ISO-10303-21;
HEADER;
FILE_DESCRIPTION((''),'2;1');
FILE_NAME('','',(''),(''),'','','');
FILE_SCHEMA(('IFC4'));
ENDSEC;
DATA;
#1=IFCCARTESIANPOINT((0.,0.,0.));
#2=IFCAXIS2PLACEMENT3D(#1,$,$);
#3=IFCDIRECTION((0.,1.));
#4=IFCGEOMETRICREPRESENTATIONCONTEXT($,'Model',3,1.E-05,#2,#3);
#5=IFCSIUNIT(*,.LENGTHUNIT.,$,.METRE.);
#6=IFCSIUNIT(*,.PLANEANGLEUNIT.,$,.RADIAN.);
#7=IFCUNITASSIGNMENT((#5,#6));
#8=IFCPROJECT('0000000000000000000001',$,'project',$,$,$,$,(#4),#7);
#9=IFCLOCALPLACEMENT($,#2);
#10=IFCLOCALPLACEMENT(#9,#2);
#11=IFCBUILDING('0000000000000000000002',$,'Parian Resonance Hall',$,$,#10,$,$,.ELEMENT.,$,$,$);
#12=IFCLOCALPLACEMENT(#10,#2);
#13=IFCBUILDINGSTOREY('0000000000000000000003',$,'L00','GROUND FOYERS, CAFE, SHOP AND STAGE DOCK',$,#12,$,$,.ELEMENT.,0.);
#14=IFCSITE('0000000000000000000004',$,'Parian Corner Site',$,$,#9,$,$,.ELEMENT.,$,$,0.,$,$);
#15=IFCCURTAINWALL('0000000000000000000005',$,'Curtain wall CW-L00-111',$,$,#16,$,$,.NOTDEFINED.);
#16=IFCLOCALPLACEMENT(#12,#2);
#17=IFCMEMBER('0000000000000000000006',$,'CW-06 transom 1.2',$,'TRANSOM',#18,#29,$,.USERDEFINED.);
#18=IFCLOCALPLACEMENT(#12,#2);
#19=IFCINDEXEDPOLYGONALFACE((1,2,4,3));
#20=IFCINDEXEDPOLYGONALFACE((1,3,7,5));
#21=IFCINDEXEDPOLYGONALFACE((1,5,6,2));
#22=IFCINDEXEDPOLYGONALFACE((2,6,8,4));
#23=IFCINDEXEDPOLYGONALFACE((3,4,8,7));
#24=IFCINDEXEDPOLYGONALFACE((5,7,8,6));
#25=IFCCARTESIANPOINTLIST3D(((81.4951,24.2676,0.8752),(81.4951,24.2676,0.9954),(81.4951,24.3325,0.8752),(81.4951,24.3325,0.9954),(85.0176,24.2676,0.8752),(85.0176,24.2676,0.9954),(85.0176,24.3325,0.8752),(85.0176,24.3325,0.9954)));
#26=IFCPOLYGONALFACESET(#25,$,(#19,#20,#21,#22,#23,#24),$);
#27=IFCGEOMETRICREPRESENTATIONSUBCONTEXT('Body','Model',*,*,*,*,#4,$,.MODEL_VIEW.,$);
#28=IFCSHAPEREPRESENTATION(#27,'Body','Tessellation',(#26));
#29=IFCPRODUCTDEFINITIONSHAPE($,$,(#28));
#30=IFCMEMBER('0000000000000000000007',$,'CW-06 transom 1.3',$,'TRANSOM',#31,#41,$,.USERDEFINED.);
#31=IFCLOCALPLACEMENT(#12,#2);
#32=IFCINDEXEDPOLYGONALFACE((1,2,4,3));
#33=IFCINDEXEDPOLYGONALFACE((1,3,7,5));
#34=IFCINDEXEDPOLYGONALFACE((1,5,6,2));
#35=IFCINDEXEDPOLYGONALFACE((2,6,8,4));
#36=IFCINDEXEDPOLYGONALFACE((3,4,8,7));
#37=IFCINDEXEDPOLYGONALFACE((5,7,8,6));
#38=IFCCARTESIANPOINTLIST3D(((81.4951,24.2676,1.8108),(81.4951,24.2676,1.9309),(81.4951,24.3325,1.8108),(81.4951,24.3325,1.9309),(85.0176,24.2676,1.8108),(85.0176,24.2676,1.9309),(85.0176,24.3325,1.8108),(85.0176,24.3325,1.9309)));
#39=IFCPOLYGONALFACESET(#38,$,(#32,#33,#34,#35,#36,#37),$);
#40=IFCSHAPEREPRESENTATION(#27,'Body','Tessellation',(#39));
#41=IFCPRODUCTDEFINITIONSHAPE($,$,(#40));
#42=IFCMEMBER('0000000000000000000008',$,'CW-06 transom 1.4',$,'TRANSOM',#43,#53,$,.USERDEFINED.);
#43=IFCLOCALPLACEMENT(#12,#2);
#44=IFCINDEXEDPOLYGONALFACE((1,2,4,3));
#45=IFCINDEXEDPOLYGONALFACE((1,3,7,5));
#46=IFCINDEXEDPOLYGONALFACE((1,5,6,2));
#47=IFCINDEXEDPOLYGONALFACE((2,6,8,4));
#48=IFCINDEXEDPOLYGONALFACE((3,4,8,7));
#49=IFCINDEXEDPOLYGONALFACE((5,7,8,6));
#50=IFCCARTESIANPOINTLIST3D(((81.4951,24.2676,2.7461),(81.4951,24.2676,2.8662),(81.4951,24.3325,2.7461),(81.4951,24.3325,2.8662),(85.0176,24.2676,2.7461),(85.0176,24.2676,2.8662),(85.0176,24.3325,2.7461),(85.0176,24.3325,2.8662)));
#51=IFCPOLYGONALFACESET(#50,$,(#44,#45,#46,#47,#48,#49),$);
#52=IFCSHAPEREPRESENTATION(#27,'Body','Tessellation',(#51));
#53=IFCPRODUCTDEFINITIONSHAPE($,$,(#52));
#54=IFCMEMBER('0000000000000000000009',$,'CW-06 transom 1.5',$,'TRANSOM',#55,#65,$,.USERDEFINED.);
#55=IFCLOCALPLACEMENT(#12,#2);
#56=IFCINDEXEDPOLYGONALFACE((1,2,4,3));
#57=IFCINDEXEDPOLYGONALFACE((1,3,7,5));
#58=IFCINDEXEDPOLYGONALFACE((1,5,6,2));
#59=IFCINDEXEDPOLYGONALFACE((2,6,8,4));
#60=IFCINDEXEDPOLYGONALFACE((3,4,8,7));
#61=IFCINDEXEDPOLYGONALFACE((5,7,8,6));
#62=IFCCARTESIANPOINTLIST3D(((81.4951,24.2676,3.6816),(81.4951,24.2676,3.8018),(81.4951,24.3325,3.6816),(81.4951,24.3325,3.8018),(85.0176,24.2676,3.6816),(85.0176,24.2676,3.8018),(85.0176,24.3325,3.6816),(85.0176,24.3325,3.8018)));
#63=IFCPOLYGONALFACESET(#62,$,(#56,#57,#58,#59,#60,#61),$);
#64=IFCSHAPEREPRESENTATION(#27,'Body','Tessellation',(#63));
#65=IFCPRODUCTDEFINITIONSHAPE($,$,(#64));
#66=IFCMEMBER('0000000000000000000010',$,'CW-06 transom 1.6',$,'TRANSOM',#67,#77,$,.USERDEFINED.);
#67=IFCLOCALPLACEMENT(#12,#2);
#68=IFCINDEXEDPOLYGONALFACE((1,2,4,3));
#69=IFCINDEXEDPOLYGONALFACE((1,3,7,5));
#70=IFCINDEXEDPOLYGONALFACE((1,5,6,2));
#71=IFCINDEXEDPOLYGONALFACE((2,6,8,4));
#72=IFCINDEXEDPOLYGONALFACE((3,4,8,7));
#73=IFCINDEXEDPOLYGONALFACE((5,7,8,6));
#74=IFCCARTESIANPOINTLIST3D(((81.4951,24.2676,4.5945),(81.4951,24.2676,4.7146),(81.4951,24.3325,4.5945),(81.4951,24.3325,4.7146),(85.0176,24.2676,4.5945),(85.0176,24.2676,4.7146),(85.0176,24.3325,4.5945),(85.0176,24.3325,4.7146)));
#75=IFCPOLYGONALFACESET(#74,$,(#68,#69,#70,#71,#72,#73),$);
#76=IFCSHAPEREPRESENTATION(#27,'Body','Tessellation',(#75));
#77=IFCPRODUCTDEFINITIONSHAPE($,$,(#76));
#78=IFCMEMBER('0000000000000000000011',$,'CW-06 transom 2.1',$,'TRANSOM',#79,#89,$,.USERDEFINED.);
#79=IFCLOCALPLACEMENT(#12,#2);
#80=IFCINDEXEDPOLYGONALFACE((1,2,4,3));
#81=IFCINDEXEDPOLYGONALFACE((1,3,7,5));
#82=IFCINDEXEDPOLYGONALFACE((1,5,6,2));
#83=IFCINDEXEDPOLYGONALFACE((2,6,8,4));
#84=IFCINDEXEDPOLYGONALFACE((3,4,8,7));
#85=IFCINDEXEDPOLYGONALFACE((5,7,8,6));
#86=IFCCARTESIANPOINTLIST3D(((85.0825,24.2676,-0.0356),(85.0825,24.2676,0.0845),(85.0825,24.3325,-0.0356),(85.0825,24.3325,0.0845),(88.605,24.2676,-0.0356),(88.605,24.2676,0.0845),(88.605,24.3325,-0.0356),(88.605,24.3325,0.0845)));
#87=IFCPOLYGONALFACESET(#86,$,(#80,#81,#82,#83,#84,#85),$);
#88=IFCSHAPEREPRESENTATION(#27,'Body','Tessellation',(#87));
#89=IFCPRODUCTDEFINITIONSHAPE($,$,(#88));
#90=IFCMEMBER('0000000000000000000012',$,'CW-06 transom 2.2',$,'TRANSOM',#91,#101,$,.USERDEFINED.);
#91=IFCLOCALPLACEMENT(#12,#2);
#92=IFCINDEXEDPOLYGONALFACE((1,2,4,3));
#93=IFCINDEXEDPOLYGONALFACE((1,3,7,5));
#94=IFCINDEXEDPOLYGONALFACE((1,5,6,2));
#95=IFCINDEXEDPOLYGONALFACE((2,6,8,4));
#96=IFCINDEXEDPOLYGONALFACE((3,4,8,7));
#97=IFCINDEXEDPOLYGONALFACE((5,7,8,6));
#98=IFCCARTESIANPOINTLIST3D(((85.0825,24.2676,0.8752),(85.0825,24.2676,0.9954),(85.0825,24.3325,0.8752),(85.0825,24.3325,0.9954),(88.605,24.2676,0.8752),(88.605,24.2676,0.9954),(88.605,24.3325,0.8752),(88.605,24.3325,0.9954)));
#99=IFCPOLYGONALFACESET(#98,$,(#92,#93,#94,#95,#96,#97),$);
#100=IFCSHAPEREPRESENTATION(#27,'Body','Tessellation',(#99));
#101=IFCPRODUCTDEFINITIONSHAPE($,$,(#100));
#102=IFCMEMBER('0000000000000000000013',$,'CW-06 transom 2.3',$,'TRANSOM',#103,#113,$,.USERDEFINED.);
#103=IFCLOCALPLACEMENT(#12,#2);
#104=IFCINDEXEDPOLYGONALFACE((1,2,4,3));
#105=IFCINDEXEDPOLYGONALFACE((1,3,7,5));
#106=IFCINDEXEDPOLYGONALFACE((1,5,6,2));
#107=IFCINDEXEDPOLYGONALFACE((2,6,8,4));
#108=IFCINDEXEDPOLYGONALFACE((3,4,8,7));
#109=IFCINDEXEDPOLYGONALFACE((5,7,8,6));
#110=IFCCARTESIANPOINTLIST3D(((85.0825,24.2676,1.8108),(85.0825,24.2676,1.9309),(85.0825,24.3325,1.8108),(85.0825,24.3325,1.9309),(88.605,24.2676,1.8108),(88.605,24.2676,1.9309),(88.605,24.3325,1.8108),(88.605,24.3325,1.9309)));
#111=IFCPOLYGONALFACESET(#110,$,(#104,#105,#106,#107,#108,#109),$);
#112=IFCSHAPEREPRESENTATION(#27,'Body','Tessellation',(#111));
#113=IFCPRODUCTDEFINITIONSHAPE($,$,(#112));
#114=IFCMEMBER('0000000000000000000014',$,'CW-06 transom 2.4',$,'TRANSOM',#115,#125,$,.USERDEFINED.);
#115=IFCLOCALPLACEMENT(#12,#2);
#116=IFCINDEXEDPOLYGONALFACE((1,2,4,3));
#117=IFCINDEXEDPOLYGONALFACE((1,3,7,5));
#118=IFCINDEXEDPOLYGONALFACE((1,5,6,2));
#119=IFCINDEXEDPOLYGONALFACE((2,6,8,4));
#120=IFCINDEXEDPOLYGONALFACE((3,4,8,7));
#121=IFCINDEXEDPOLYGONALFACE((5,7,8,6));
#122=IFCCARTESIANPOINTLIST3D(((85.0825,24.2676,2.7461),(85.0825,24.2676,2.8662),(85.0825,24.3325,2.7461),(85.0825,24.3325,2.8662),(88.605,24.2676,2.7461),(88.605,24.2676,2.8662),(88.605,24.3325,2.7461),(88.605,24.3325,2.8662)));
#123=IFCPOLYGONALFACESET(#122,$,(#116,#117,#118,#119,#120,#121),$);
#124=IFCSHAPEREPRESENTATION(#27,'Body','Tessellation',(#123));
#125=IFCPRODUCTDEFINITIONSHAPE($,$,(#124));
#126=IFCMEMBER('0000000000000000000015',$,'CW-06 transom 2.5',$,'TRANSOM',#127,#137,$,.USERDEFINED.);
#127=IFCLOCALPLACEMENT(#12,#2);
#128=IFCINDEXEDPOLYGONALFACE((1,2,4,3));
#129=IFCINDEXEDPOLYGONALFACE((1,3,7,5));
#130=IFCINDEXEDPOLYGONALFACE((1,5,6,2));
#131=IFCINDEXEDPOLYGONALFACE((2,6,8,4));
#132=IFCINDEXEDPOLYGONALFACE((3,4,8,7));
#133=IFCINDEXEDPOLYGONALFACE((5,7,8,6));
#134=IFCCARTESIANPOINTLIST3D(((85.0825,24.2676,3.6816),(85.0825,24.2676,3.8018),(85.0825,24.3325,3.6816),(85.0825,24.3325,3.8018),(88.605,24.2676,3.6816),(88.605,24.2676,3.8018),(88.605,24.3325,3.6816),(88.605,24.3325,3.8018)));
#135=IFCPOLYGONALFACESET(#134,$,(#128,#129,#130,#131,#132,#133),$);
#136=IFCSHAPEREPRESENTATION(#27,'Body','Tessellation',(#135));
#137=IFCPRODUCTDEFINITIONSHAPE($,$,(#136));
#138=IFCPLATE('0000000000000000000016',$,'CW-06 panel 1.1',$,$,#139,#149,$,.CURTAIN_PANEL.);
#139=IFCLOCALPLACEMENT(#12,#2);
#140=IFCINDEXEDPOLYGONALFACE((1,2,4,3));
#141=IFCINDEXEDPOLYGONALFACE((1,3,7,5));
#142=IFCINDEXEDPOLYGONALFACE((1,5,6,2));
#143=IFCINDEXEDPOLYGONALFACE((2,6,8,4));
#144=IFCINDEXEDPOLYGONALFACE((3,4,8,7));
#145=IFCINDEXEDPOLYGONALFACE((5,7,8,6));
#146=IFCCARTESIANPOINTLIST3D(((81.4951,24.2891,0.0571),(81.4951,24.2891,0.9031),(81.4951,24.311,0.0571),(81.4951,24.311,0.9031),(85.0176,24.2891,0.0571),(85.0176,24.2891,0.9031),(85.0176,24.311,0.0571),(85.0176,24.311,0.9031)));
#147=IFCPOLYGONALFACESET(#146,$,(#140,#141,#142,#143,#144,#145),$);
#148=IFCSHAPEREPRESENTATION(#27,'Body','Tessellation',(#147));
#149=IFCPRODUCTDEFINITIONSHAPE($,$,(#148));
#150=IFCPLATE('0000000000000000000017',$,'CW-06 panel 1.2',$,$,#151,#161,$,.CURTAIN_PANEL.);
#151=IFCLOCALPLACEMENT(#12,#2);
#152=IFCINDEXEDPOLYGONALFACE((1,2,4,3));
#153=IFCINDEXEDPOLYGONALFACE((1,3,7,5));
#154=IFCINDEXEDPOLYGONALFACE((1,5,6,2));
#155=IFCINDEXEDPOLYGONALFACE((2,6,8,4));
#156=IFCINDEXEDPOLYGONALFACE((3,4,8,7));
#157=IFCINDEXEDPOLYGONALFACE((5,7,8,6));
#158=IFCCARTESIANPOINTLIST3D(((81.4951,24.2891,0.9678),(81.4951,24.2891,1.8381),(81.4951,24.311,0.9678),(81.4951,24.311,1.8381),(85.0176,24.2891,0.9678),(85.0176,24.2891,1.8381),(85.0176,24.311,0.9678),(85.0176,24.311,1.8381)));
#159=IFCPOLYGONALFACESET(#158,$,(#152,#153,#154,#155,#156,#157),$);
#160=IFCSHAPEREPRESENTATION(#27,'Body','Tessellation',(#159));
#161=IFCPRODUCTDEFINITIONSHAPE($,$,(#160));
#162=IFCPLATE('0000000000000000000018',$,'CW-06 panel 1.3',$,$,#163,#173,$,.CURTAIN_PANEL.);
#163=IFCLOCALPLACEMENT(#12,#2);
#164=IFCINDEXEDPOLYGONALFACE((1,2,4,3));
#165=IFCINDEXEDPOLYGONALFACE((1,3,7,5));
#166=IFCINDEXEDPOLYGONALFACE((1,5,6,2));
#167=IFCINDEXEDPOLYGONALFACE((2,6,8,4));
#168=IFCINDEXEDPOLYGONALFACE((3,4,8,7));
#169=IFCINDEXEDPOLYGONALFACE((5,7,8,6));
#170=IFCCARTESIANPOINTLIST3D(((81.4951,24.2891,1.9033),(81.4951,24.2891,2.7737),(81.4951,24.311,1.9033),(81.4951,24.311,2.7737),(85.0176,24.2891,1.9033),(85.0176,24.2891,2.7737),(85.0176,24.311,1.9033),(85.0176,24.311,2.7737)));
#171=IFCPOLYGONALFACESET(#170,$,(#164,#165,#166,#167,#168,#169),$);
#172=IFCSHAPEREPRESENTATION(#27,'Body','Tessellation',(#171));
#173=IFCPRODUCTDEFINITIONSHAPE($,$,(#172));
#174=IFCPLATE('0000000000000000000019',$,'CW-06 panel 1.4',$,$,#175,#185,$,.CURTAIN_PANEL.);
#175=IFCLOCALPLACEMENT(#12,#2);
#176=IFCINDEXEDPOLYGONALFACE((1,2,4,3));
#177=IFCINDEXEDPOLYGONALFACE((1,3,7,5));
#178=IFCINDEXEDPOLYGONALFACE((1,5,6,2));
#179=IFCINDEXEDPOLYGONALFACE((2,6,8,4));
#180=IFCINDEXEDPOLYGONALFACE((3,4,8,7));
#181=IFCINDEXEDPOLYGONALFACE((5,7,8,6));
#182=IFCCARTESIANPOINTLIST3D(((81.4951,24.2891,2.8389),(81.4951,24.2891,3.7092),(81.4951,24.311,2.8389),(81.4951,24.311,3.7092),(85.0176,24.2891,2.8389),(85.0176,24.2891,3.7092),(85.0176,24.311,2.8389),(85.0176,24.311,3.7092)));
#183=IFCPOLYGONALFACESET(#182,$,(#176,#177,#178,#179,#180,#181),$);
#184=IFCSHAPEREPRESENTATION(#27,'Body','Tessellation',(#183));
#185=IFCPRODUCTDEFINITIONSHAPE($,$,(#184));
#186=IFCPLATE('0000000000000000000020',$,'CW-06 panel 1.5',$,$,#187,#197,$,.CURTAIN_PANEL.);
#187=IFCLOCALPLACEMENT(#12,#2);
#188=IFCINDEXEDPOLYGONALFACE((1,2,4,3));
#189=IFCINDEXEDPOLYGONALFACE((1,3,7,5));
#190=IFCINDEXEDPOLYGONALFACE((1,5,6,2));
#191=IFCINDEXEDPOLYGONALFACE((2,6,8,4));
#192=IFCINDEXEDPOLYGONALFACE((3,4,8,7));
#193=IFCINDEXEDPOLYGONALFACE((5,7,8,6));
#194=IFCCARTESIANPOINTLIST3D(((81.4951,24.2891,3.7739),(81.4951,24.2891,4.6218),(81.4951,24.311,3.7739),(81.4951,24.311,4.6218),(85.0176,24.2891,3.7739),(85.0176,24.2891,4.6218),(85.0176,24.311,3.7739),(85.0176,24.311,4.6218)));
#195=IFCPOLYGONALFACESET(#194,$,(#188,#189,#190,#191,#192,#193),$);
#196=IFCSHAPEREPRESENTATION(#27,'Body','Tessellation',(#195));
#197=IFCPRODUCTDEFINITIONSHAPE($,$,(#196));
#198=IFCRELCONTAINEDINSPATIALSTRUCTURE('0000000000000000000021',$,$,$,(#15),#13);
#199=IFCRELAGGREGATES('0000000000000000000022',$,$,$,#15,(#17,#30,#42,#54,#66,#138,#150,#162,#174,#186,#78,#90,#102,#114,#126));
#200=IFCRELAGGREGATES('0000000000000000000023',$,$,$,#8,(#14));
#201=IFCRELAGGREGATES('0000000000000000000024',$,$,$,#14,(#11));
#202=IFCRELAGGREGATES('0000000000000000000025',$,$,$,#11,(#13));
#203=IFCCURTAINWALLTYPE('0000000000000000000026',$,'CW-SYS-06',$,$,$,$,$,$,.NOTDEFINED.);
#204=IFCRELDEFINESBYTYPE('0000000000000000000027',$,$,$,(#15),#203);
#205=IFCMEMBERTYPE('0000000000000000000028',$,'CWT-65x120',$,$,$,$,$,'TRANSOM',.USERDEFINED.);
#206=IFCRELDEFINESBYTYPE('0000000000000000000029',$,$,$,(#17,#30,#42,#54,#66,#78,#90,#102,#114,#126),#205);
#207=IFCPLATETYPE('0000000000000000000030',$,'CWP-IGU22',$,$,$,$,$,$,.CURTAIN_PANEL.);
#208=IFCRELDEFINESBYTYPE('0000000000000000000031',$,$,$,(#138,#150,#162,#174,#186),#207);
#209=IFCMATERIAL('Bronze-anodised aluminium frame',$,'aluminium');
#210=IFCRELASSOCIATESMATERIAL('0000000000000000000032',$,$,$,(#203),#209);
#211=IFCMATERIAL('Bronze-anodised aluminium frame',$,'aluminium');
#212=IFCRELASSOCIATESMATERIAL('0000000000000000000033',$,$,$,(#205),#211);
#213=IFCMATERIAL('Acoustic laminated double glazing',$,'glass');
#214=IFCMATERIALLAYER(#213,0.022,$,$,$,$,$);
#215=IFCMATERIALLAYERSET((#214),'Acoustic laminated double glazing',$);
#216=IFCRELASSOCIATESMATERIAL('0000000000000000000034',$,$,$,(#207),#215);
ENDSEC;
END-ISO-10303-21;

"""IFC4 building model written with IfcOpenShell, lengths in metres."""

from ifc_helpers import new_model, si_unit, direction, frame, origin, origin_2d, place, context, subcontext, project, spatial, rectangle, extrude, material, layer, layer_set, material_profile, profile_set, type_object, element, aggregate, save


model = new_model("IFC4")

# Units and contexts
model_context = context("Model", 3, precision=1e-05, world=origin(), true_north=direction((0.0, 1.0)))
body_context = subcontext(model_context, "Body", "Model", "MODEL_VIEW")
ifc_project = project(units=[si_unit("LENGTHUNIT", "METRE"), si_unit("PLANEANGLEUNIT", "RADIAN")], contexts=[model_context])

# Site, building, storey
site_placement = place(None, origin())
site = spatial("IfcSite", under=ifc_project, at=site_placement, Name="Parian Corner Site", CompositionType="ELEMENT", RefElevation=0.0)
building_placement = place(site_placement, origin())
building = spatial("IfcBuilding", under=site, at=building_placement, Name="Parian Resonance Hall", CompositionType="ELEMENT")
storey_placement = place(building_placement, origin())
storey = spatial("IfcBuildingStorey", under=building, at=storey_placement, Name="L00", Description="GROUND FOYERS, CAFE, SHOP AND STAGE DOCK", CompositionType="ELEMENT", Elevation=0.0)

# Curtain wall, members, plates
ifc_material_1 = material(Name="Bronze-anodised aluminium frame", Category="aluminium")
curtain_wall_type = type_object("IfcCurtainWallType", Name="CW-SYS-06", PredefinedType="NOTDEFINED", material=ifc_material_1)
curtain_wall_placement = place(storey_placement, origin())
curtain_wall = element("IfcCurtainWall", 1, at=curtain_wall_placement, inside=storey, type_object=curtain_wall_type, Name="Curtain wall CW-L00-111", PredefinedType="NOTDEFINED")
ifc_material_2 = material(Name="Bronze-anodised aluminium frame", Category="aluminium")
ifc_material_profile_1 = material_profile(ifc_material_2, rectangle(XDim=0.0649, YDim=0.1201, at=origin_2d()), Name="CWT-65x120")
ifc_profile_set_1 = profile_set([ifc_material_profile_1], Name="Bronze-anodised aluminium frame")
member_type_1 = type_object("IfcMemberType", Name="CWT-65x120", ElementType="TRANSOM", PredefinedType="USERDEFINED", material=ifc_profile_set_1)
member_1_placement = place(storey_placement, frame((81.4951, 24.3, 0.9353), z_axis=(1.0, 0.0, 0.0), x_axis=(0.0, 1.0, 0.0)))
member_1 = element("IfcMember", 2, at=member_1_placement, type_object=member_type_1, Name="CW-06 transom 1.2", ObjectType="TRANSOM", PredefinedType="USERDEFINED", context=body_context, shape_type="SweptSolid", body=[
    extrude(rectangle(XDim=0.0649, YDim=0.1201, at=origin_2d()), origin(), (0.0, 0.0, 1.0), 3.5225),
])
member_2_placement = place(storey_placement, frame((81.4951, 24.3, 1.8708), z_axis=(1.0, 0.0, 0.0), x_axis=(0.0, 1.0, 0.0)))
member_2 = element("IfcMember", 3, at=member_2_placement, type_object=member_type_1, Name="CW-06 transom 1.3", ObjectType="TRANSOM", PredefinedType="USERDEFINED", context=body_context, shape_type="SweptSolid", body=[
    extrude(rectangle(XDim=0.0649, YDim=0.1201, at=origin_2d()), origin(), (0.0, 0.0, 1.0), 3.5225),
])
member_3_placement = place(storey_placement, frame((81.4951, 24.3, 2.8062), z_axis=(1.0, 0.0, 0.0), x_axis=(0.0, 1.0, 0.0)))
member_3 = element("IfcMember", 4, at=member_3_placement, type_object=member_type_1, Name="CW-06 transom 1.4", ObjectType="TRANSOM", PredefinedType="USERDEFINED", context=body_context, shape_type="SweptSolid", body=[
    extrude(rectangle(XDim=0.0649, YDim=0.1201, at=origin_2d()), origin(), (0.0, 0.0, 1.0), 3.5225),
])
member_4_placement = place(storey_placement, frame((81.4951, 24.3, 3.7417), z_axis=(1.0, 0.0, 0.0), x_axis=(0.0, 1.0, 0.0)))
member_4 = element("IfcMember", 5, at=member_4_placement, type_object=member_type_1, Name="CW-06 transom 1.5", ObjectType="TRANSOM", PredefinedType="USERDEFINED", context=body_context, shape_type="SweptSolid", body=[
    extrude(rectangle(XDim=0.0649, YDim=0.1201, at=origin_2d()), origin(), (0.0, 0.0, 1.0), 3.5225),
])
member_5_placement = place(storey_placement, frame((81.4951, 24.3, 4.6545), z_axis=(1.0, 0.0, 0.0), x_axis=(0.0, 1.0, 0.0)))
member_5 = element("IfcMember", 6, at=member_5_placement, type_object=member_type_1, Name="CW-06 transom 1.6", ObjectType="TRANSOM", PredefinedType="USERDEFINED", context=body_context, shape_type="SweptSolid", body=[
    extrude(rectangle(XDim=0.0649, YDim=0.1201, at=origin_2d()), origin(), (0.0, 0.0, 1.0), 3.5225),
])
member_6_placement = place(storey_placement, frame((85.0825, 24.3, 0.0244), z_axis=(1.0, 0.0, 0.0), x_axis=(0.0, 1.0, 0.0)))
member_6 = element("IfcMember", 7, at=member_6_placement, type_object=member_type_1, Name="CW-06 transom 2.1", ObjectType="TRANSOM", PredefinedType="USERDEFINED", context=body_context, shape_type="SweptSolid", body=[
    extrude(rectangle(XDim=0.0649, YDim=0.1201, at=origin_2d()), origin(), (0.0, 0.0, 1.0), 3.5225),
])
member_7_placement = place(storey_placement, frame((85.0825, 24.3, 0.9353), z_axis=(1.0, 0.0, 0.0), x_axis=(0.0, 1.0, 0.0)))
member_7 = element("IfcMember", 8, at=member_7_placement, type_object=member_type_1, Name="CW-06 transom 2.2", ObjectType="TRANSOM", PredefinedType="USERDEFINED", context=body_context, shape_type="SweptSolid", body=[
    extrude(rectangle(XDim=0.0649, YDim=0.1201, at=origin_2d()), origin(), (0.0, 0.0, 1.0), 3.5225),
])
member_8_placement = place(storey_placement, frame((85.0825, 24.3, 1.8708), z_axis=(1.0, 0.0, 0.0), x_axis=(0.0, 1.0, 0.0)))
member_8 = element("IfcMember", 9, at=member_8_placement, type_object=member_type_1, Name="CW-06 transom 2.3", ObjectType="TRANSOM", PredefinedType="USERDEFINED", context=body_context, shape_type="SweptSolid", body=[
    extrude(rectangle(XDim=0.0649, YDim=0.1201, at=origin_2d()), origin(), (0.0, 0.0, 1.0), 3.5225),
])
member_9_placement = place(storey_placement, frame((85.0825, 24.3, 2.8062), z_axis=(1.0, 0.0, 0.0), x_axis=(0.0, 1.0, 0.0)))
member_9 = element("IfcMember", 10, at=member_9_placement, type_object=member_type_1, Name="CW-06 transom 2.4", ObjectType="TRANSOM", PredefinedType="USERDEFINED", context=body_context, shape_type="SweptSolid", body=[
    extrude(rectangle(XDim=0.0649, YDim=0.1201, at=origin_2d()), origin(), (0.0, 0.0, 1.0), 3.5225),
])
member_10_placement = place(storey_placement, frame((85.0825, 24.3, 3.7417), z_axis=(1.0, 0.0, 0.0), x_axis=(0.0, 1.0, 0.0)))
member_10 = element("IfcMember", 11, at=member_10_placement, type_object=member_type_1, Name="CW-06 transom 2.5", ObjectType="TRANSOM", PredefinedType="USERDEFINED", context=body_context, shape_type="SweptSolid", body=[
    extrude(rectangle(XDim=0.0649, YDim=0.1201, at=origin_2d()), origin(), (0.0, 0.0, 1.0), 3.5225),
])
ifc_material_3 = material(Name="Acoustic laminated double glazing", Category="glass")
ifc_layer_1 = layer(ifc_material_3, 0.022)
ifc_layer_set_1 = layer_set([ifc_layer_1], Name="Acoustic laminated double glazing")
plate_type = type_object("IfcPlateType", Name="CWP-IGU22", PredefinedType="CURTAIN_PANEL", material=ifc_layer_set_1)
plate_1_placement = place(storey_placement, frame((83.2563, 24.3, 0.0571), z_axis=(0.0, 0.0, 1.0), x_axis=(1.0, 0.0, 0.0)))
plate_1 = element("IfcPlate", 12, at=plate_1_placement, type_object=plate_type, Name="CW-06 panel 1.1", PredefinedType="CURTAIN_PANEL", context=body_context, shape_type="SweptSolid", body=[
    extrude(rectangle(XDim=3.5225, YDim=0.022, at=origin_2d()), origin(), (0.0, 0.0, 1.0), 0.8459),
])
plate_2_placement = place(storey_placement, frame((83.2563, 24.3, 0.9678), z_axis=(0.0, 0.0, 1.0), x_axis=(1.0, 0.0, 0.0)))
plate_2 = element("IfcPlate", 13, at=plate_2_placement, type_object=plate_type, Name="CW-06 panel 1.2", PredefinedType="CURTAIN_PANEL", context=body_context, shape_type="SweptSolid", body=[
    extrude(rectangle(XDim=3.5225, YDim=0.022, at=origin_2d()), origin(), (0.0, 0.0, 1.0), 0.8704),
])
plate_3_placement = place(storey_placement, frame((83.2563, 24.3, 1.9033), z_axis=(0.0, 0.0, 1.0), x_axis=(1.0, 0.0, 0.0)))
plate_3 = element("IfcPlate", 14, at=plate_3_placement, type_object=plate_type, Name="CW-06 panel 1.3", PredefinedType="CURTAIN_PANEL", context=body_context, shape_type="SweptSolid", body=[
    extrude(rectangle(XDim=3.5225, YDim=0.022, at=origin_2d()), origin(), (0.0, 0.0, 1.0), 0.8704),
])
plate_4_placement = place(storey_placement, frame((83.2563, 24.3, 2.8389), z_axis=(0.0, 0.0, 1.0), x_axis=(1.0, 0.0, 0.0)))
plate_4 = element("IfcPlate", 15, at=plate_4_placement, type_object=plate_type, Name="CW-06 panel 1.4", PredefinedType="CURTAIN_PANEL", context=body_context, shape_type="SweptSolid", body=[
    extrude(rectangle(XDim=3.5225, YDim=0.022, at=origin_2d()), origin(), (0.0, 0.0, 1.0), 0.8704),
])
plate_5_placement = place(storey_placement, frame((83.2563, 24.3, 3.7739), z_axis=(0.0, 0.0, 1.0), x_axis=(1.0, 0.0, 0.0)))
plate_5 = element("IfcPlate", 16, at=plate_5_placement, type_object=plate_type, Name="CW-06 panel 1.5", PredefinedType="CURTAIN_PANEL", context=body_context, shape_type="SweptSolid", body=[
    extrude(rectangle(XDim=3.5225, YDim=0.022, at=origin_2d()), origin(), (0.0, 0.0, 1.0), 0.8479),
])
aggregate(curtain_wall, [member_1, member_2, member_3, member_4, member_5, plate_1, plate_2, plate_3, plate_4, plate_5, member_6, member_7, member_8, member_9, member_10])

save(model, "model.ifc")
